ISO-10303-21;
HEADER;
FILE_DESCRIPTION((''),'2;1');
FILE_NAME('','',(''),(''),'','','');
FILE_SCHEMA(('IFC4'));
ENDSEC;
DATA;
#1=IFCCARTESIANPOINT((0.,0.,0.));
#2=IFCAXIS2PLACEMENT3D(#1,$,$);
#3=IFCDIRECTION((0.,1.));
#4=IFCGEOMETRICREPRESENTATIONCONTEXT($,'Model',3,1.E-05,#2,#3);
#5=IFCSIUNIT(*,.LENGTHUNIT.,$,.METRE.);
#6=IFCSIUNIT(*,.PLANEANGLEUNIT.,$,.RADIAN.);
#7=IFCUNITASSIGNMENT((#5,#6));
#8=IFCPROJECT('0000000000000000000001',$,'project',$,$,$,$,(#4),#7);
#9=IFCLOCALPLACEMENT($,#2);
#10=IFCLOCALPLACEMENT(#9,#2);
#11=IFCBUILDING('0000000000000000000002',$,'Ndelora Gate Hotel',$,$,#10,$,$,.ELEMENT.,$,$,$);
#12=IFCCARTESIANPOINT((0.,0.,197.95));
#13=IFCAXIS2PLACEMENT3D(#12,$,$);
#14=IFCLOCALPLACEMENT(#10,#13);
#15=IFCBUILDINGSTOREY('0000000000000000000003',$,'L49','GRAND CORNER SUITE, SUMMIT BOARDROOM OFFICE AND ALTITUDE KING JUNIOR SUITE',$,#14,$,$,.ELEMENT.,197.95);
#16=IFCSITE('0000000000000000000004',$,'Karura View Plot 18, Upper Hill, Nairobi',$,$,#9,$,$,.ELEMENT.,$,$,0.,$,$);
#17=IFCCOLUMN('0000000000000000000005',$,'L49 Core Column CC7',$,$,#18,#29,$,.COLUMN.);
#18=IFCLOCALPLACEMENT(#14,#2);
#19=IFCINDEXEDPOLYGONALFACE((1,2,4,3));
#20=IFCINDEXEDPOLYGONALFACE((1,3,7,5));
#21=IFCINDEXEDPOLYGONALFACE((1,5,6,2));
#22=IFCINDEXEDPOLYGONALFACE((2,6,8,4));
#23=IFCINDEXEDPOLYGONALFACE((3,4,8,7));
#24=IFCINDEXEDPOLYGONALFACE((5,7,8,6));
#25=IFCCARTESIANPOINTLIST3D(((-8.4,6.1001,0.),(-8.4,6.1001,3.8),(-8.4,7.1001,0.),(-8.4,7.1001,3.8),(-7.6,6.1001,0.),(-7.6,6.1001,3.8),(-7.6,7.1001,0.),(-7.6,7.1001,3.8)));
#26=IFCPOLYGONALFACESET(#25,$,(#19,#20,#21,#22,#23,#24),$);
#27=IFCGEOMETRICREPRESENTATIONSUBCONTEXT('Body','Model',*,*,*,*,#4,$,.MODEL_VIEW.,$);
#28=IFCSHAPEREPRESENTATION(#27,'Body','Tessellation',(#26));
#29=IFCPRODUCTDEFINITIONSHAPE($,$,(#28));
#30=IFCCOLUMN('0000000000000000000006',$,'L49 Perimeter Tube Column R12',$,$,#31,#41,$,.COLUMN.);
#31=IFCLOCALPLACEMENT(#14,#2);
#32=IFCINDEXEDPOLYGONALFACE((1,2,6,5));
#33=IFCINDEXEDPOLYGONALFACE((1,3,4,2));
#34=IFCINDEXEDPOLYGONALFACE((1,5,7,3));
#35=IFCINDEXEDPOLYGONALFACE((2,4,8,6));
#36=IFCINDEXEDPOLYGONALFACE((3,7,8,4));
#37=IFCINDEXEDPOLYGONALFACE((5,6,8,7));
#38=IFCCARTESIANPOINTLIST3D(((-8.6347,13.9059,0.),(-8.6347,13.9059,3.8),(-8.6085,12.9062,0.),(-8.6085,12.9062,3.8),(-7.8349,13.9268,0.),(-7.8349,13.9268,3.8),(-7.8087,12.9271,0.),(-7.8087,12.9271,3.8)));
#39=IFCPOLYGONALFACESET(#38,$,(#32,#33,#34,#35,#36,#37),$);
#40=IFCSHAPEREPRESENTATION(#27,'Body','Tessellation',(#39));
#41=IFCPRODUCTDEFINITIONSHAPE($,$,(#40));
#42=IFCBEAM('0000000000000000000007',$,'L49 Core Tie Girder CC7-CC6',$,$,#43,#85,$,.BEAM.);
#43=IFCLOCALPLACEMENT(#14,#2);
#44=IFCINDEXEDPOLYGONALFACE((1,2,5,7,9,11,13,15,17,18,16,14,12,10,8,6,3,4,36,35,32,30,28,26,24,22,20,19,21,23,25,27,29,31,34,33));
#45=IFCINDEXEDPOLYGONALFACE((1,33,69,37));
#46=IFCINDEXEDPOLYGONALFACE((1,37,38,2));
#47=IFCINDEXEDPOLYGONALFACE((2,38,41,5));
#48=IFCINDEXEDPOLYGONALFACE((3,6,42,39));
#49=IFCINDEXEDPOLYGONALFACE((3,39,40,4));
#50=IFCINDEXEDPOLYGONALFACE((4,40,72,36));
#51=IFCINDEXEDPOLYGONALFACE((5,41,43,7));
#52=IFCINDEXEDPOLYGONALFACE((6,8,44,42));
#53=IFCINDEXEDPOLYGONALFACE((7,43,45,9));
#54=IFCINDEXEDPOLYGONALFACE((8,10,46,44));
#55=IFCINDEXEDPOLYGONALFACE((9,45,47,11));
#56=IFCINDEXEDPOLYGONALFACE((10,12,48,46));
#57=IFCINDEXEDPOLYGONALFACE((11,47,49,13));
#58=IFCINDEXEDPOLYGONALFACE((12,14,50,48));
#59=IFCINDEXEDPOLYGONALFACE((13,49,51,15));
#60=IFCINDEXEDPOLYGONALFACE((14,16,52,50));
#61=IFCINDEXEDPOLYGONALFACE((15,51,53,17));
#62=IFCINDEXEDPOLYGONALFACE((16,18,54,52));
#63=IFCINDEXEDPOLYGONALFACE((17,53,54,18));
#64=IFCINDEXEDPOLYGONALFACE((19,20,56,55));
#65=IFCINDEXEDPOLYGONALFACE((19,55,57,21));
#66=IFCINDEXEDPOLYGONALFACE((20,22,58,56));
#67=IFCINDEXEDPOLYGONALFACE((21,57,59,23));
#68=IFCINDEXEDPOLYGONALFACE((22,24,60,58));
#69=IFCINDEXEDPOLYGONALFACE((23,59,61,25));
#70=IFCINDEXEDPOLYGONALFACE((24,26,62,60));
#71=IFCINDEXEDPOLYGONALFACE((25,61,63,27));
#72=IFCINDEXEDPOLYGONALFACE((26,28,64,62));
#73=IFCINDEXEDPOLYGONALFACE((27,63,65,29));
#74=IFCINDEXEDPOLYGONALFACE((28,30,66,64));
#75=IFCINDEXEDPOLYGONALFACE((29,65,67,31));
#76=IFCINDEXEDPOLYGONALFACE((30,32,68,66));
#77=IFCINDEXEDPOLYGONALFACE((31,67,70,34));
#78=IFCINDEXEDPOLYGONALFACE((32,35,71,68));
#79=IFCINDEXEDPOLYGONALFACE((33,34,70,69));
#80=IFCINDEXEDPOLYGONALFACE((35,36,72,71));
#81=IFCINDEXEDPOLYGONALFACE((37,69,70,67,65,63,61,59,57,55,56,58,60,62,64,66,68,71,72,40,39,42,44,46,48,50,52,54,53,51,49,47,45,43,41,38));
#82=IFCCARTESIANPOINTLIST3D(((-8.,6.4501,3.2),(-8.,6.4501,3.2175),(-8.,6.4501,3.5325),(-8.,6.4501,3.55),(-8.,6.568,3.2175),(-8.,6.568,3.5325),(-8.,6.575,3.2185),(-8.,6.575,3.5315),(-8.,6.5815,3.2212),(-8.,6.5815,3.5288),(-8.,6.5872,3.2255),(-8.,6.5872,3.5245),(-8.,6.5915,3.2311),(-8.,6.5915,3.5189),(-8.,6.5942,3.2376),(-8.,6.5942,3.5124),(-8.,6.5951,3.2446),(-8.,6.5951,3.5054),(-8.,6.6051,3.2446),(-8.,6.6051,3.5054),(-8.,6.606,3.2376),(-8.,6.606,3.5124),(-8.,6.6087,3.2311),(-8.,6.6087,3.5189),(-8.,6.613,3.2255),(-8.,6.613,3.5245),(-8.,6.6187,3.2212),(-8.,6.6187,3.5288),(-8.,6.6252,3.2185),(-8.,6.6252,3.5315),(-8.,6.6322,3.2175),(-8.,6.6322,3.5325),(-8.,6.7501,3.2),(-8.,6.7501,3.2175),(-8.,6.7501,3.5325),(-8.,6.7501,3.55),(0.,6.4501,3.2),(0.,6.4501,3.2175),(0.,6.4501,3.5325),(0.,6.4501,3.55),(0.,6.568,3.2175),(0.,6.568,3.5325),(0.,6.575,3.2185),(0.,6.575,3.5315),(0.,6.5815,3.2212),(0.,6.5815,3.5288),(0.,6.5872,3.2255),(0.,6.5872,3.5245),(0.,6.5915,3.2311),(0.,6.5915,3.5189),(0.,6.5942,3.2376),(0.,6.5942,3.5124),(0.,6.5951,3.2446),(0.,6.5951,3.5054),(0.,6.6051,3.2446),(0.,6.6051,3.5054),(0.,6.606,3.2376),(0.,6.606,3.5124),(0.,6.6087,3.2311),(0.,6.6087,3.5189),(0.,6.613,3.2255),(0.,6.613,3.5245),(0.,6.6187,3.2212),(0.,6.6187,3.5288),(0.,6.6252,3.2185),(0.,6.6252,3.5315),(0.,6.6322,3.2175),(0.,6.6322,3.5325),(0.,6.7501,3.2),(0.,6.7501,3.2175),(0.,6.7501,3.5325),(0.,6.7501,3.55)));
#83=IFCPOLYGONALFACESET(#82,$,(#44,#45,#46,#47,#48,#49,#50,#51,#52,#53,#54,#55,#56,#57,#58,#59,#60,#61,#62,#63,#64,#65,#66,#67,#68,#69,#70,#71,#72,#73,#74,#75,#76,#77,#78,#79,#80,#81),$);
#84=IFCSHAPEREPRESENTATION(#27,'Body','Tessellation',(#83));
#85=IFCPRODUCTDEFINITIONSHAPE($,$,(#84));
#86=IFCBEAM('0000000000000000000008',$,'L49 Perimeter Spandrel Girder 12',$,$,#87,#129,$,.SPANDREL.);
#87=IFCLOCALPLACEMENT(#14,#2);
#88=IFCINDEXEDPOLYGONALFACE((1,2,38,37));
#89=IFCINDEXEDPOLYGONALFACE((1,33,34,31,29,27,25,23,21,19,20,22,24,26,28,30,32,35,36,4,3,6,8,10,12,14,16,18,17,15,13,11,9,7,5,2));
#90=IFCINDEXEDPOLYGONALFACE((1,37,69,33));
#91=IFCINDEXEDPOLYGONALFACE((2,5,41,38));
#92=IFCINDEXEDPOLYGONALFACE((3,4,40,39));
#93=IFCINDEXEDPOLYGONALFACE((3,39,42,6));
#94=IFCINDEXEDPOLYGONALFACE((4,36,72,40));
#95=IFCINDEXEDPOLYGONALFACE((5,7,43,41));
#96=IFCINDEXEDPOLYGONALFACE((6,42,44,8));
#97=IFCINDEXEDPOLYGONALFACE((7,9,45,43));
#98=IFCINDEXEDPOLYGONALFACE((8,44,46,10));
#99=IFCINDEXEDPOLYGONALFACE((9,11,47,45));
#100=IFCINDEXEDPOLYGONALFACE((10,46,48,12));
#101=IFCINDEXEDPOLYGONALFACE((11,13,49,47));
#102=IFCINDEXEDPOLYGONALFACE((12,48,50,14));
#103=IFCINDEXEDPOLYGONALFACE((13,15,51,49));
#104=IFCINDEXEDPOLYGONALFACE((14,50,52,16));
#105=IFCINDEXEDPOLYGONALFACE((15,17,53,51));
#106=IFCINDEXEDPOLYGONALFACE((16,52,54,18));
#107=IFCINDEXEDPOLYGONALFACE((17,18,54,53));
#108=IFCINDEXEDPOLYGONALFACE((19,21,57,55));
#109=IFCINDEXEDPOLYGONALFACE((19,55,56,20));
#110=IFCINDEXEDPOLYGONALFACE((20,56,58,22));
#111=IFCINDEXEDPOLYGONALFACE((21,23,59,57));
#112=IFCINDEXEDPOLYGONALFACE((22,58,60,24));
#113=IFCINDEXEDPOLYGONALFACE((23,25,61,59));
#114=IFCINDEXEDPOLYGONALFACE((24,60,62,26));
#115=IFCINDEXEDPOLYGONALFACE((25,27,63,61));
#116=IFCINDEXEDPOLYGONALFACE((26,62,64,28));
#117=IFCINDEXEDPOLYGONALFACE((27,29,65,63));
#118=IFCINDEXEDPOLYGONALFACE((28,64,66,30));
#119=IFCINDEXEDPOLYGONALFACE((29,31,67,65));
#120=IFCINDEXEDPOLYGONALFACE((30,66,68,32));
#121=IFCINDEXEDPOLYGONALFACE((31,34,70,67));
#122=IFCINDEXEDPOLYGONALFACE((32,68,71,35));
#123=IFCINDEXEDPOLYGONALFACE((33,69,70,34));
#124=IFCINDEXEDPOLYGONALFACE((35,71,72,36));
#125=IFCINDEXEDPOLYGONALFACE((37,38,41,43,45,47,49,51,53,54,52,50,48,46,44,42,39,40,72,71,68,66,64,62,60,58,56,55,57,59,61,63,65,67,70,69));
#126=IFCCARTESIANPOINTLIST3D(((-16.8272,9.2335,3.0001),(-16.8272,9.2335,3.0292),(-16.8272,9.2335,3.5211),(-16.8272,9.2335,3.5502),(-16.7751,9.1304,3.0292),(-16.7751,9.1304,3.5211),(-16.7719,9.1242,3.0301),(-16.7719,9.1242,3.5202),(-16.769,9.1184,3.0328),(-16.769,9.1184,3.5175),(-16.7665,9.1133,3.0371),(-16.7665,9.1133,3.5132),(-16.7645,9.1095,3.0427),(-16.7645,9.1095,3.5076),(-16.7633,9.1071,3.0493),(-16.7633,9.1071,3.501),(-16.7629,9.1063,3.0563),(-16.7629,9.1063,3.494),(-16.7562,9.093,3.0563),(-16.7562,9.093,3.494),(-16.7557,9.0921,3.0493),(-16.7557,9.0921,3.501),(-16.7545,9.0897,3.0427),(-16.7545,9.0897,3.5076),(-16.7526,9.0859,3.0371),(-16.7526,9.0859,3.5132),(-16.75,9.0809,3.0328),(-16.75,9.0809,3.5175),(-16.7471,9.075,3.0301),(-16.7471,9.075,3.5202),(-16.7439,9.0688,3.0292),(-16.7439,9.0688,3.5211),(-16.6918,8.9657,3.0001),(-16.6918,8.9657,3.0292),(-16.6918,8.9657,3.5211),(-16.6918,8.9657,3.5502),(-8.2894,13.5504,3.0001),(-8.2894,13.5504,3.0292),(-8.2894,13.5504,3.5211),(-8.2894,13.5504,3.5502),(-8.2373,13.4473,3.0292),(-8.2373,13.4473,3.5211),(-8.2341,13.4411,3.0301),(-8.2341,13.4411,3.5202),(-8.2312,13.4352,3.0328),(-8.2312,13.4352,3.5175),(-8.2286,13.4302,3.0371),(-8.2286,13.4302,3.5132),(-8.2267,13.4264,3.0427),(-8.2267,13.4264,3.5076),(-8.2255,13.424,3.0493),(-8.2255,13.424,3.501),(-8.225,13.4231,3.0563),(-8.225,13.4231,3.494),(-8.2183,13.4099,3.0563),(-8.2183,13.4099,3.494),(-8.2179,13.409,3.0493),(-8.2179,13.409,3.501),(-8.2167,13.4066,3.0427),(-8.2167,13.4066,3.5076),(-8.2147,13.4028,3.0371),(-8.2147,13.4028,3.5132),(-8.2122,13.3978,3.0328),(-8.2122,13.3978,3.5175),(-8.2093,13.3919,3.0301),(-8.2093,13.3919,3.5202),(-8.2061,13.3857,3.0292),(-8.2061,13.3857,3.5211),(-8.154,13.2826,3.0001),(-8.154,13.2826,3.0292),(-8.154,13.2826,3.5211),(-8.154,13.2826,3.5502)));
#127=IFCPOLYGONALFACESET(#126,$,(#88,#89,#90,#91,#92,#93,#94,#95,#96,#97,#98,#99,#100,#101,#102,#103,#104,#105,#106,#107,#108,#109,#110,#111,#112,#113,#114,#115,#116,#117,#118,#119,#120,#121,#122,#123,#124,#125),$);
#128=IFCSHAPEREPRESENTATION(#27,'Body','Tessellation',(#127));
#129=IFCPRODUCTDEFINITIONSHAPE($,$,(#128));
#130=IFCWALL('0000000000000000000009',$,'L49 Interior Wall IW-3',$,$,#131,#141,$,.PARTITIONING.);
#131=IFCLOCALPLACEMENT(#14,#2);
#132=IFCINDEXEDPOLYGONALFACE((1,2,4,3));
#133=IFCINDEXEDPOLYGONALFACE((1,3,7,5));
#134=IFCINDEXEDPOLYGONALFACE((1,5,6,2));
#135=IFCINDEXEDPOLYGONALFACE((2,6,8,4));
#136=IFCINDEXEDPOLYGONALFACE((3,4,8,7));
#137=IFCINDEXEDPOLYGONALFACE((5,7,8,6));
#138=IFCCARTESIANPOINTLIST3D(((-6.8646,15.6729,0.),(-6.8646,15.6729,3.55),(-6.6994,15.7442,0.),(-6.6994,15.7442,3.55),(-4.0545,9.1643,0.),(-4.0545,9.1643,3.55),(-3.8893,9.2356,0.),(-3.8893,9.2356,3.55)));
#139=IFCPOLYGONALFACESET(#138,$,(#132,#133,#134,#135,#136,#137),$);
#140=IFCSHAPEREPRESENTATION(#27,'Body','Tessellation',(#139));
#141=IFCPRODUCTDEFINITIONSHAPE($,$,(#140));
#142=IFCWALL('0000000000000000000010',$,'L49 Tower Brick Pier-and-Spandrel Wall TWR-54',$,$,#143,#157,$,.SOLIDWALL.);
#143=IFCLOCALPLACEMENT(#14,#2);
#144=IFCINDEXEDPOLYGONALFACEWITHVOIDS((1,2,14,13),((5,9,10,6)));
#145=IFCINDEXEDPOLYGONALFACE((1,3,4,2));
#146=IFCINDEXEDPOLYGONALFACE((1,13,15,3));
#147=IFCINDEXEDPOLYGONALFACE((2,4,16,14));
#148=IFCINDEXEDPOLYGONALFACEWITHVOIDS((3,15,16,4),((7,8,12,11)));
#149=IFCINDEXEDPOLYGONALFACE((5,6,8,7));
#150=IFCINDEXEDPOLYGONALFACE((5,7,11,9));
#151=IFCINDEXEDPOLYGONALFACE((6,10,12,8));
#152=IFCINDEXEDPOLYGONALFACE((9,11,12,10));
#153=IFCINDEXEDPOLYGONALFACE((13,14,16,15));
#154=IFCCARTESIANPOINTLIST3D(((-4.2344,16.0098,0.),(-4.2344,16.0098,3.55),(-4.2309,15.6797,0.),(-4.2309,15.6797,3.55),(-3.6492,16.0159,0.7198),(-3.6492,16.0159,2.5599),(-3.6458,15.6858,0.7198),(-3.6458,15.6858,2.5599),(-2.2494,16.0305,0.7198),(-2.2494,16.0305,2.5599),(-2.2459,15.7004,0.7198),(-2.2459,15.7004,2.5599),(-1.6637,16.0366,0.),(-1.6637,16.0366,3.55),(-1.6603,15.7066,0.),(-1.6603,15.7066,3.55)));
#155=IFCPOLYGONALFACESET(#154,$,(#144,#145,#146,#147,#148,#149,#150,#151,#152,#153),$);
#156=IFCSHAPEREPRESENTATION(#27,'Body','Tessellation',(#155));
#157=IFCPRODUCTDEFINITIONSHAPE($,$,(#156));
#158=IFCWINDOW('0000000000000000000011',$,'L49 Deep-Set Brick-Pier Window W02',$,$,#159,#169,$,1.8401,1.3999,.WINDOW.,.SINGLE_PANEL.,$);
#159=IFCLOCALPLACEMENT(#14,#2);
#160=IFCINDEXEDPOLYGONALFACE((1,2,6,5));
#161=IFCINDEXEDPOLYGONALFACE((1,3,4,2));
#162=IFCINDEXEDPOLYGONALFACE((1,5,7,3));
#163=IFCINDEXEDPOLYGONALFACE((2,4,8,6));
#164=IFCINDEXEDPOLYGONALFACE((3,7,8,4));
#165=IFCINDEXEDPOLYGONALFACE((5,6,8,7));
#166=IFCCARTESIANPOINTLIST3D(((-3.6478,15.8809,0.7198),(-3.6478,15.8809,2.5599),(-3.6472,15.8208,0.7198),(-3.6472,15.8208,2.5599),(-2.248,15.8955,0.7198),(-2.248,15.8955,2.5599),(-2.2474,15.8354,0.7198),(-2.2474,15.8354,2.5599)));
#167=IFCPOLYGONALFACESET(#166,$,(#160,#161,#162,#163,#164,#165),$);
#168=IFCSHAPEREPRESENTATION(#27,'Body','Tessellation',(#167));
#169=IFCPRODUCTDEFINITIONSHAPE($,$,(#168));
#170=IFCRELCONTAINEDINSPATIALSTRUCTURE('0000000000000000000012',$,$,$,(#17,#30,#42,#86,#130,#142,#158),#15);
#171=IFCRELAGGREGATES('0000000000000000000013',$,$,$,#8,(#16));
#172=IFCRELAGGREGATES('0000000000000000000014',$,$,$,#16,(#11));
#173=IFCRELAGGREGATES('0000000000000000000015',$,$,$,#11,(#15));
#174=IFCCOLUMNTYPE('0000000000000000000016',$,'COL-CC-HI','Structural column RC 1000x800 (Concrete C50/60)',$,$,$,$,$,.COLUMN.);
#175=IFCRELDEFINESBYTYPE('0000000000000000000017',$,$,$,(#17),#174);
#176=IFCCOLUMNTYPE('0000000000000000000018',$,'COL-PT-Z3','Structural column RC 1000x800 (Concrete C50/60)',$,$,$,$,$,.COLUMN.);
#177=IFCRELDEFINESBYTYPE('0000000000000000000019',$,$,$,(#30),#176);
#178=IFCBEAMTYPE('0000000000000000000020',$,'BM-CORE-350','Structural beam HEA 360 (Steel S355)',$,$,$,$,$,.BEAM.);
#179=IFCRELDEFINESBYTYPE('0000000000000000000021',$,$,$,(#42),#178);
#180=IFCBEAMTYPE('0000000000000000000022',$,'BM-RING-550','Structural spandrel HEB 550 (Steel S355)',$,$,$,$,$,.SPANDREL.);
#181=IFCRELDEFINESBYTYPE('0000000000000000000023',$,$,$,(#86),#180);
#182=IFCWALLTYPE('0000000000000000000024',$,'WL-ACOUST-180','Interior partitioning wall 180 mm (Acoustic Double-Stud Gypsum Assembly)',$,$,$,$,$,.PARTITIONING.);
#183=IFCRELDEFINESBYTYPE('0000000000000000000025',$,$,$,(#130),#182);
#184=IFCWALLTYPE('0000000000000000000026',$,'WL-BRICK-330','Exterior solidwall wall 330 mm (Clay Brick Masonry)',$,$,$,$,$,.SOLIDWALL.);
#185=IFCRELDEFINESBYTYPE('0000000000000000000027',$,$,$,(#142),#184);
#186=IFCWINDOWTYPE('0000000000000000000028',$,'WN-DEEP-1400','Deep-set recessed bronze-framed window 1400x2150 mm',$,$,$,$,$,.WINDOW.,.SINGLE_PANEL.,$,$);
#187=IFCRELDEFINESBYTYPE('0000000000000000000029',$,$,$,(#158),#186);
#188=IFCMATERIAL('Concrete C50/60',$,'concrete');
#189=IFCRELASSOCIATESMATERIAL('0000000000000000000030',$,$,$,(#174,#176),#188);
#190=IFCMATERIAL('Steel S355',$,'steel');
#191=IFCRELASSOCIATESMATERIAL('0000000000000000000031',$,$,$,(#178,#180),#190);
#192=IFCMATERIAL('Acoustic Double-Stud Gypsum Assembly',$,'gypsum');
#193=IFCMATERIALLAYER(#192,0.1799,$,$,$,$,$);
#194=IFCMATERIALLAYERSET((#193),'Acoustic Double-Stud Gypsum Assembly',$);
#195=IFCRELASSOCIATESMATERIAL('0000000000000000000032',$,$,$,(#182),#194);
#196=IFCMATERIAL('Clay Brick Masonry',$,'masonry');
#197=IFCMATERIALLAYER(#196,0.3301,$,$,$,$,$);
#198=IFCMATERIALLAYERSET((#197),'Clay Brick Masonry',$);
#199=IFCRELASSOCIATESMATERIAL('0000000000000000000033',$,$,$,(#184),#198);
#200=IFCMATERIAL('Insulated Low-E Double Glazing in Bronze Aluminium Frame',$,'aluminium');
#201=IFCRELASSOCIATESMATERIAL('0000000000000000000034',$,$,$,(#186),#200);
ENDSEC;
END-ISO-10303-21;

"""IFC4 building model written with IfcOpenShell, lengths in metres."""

from ifc_helpers import new_model, si_unit, direction, frame, frame_2d, origin, origin_2d, place, context, subcontext, project, spatial, rectangle, i_section, extrude, material, layer, layer_set, material_profile, profile_set, type_object, element, fill, save


model = new_model("IFC4")

# Units and contexts
model_context = context("Model", 3, precision=1e-05, world=origin(), true_north=direction((0.0, 1.0)))
body_context = subcontext(model_context, "Body", "Model", "MODEL_VIEW")
ifc_project = project(units=[si_unit("LENGTHUNIT", "METRE"), si_unit("PLANEANGLEUNIT", "RADIAN")], contexts=[model_context])

# Site, building, storey
site_placement = place(None, origin())
site = spatial("IfcSite", under=ifc_project, at=site_placement, Name="Karura View Plot 18, Upper Hill, Nairobi", CompositionType="ELEMENT", RefElevation=0.0)
building_placement = place(site_placement, origin())
building = spatial("IfcBuilding", under=site, at=building_placement, Name="Ndelora Gate Hotel", CompositionType="ELEMENT")
storey_placement = place(building_placement, frame((0.0, 0.0, 197.95)))
storey = spatial("IfcBuildingStorey", under=building, at=storey_placement, Name="L49", Description="GRAND CORNER SUITE, SUMMIT BOARDROOM OFFICE AND ALTITUDE KING JUNIOR SUITE", CompositionType="ELEMENT", Elevation=197.95)

# Columns
ifc_material_1 = material(Name="Concrete C50/60", Category="concrete")
ifc_material_profile_1 = material_profile(ifc_material_1, rectangle(XDim=0.8, YDim=1.0, at=origin_2d()), Name="RC 1000x800")
ifc_profile_set_1 = profile_set([ifc_material_profile_1], Name="Concrete C50/60")
column_type_1 = type_object("IfcColumnType", Name="COL-CC-HI", Description="Structural column RC 1000x800 (Concrete C50/60)", PredefinedType="COLUMN", material=ifc_profile_set_1)
column_1_placement = place(storey_placement, frame((-8.0, 6.6001, 0.0), z_axis=(0.0, 0.0, 1.0), x_axis=(1.0, 0.0, 0.0)))
element("IfcColumn", 1, at=column_1_placement, inside=storey, type_object=column_type_1, Name="L49 Core Column CC7", PredefinedType="COLUMN", context=body_context, shape_type="SweptSolid", body=[
    extrude(rectangle(XDim=0.8, YDim=1.0, at=origin_2d()), origin(), (0.0, 0.0, 1.0), 3.8),
])
ifc_material_profile_2 = material_profile(ifc_material_1, rectangle(XDim=0.8, YDim=1.0, at=origin_2d()), Name="RC 1000x800")
ifc_profile_set_2 = profile_set([ifc_material_profile_2], Name="Concrete C50/60")
column_type_2 = type_object("IfcColumnType", Name="COL-PT-Z3", Description="Structural column RC 1000x800 (Concrete C50/60)", PredefinedType="COLUMN", material=ifc_profile_set_2)
column_2_placement = place(storey_placement, frame((-8.2217, 13.4165, 0.0), z_axis=(0.0, 0.0, 1.0), x_axis=(0.999657, 0.026177, 0.0)))
element("IfcColumn", 2, at=column_2_placement, inside=storey, type_object=column_type_2, Name="L49 Perimeter Tube Column R12", PredefinedType="COLUMN", context=body_context, shape_type="SweptSolid", body=[
    extrude(rectangle(XDim=0.8, YDim=1.0, at=origin_2d()), origin(), (0.0, 0.0, 1.0), 3.8),
])

# Beams
ifc_material_2 = material(Name="Steel S355", Category="steel")
ifc_material_profile_3 = material_profile(ifc_material_2, i_section(OverallWidth=0.3, OverallDepth=0.3501, WebThickness=0.01, FlangeThickness=0.0176, FilletRadius=0.0271, at=origin_2d()), Name="HEA 360")
ifc_profile_set_3 = profile_set([ifc_material_profile_3], Name="Steel S355")
beam_type_1 = type_object("IfcBeamType", Name="BM-CORE-350", Description="Structural beam HEA 360 (Steel S355)", PredefinedType="BEAM", material=ifc_profile_set_3)
beam_1_placement = place(storey_placement, frame((-8.0, 6.6001, 3.375), z_axis=(1.0, 0.0, 0.0), x_axis=(0.0, 1.0, 0.0)))
element("IfcBeam", 3, at=beam_1_placement, inside=storey, type_object=beam_type_1, Name="L49 Core Tie Girder CC7-CC6", PredefinedType="BEAM", context=body_context, shape_type="SweptSolid", body=[
    extrude(i_section(OverallWidth=0.3, OverallDepth=0.3501, WebThickness=0.01, FlangeThickness=0.0176, FilletRadius=0.0271, at=origin_2d()), origin(), (0.0, 0.0, 1.0), 8.0),
])
ifc_material_profile_4 = material_profile(ifc_material_2, i_section(OverallWidth=0.3, OverallDepth=0.55, WebThickness=0.0149, FlangeThickness=0.0291, FilletRadius=0.0271, at=origin_2d()), Name="HEB 550")
ifc_profile_set_4 = profile_set([ifc_material_profile_4], Name="Steel S355")
beam_type_2 = type_object("IfcBeamType", Name="BM-RING-550", Description="Structural spandrel HEB 550 (Steel S355)", PredefinedType="SPANDREL", material=ifc_profile_set_4)
beam_2_placement = place(storey_placement, frame((-8.2217, 13.4165, 3.2751), z_axis=(-0.892412, -0.451221, 0.0), x_axis=(0.451221, -0.892412, 0.0)))
element("IfcBeam", 4, at=beam_2_placement, inside=storey, type_object=beam_type_2, Name="L49 Perimeter Spandrel Girder 12", PredefinedType="SPANDREL", context=body_context, shape_type="SweptSolid", body=[
    extrude(i_section(OverallWidth=0.3, OverallDepth=0.55, WebThickness=0.0149, FlangeThickness=0.0291, FilletRadius=0.0271, at=origin_2d()), origin(), (0.0, 0.0, 1.0), 9.5671),
])

# Wall
ifc_material_3 = material(Name="Acoustic Double-Stud Gypsum Assembly", Category="gypsum")
ifc_layer_1 = layer(ifc_material_3, 0.1799)
ifc_layer_set_1 = layer_set([ifc_layer_1], Name="Acoustic Double-Stud Gypsum Assembly")
wall_type_1 = type_object("IfcWallType", Name="WL-ACOUST-180", Description="Interior partitioning wall 180 mm (Acoustic Double-Stud Gypsum Assembly)", PredefinedType="PARTITIONING", material=ifc_layer_set_1)
wall_1_placement = place(storey_placement, frame((-3.9719, 9.2, 0.0), z_axis=(0.0, 0.0, 1.0), x_axis=(-0.396383, 0.918085, 0.0)))
element("IfcWall", 5, at=wall_1_placement, inside=storey, type_object=wall_type_1, Name="L49 Interior Wall IW-3", PredefinedType="PARTITIONING", context=body_context, shape_type="SweptSolid", body=[
    extrude(rectangle(XDim=7.0894, YDim=0.1799, at=frame_2d((3.5447, 0.0))), origin(), (0.0, 0.0, 1.0), 3.55),
])

# Wall, opening, window
ifc_material_4 = material(Name="Clay Brick Masonry", Category="masonry")
ifc_layer_2 = layer(ifc_material_4, 0.3301)
ifc_layer_set_2 = layer_set([ifc_layer_2], Name="Clay Brick Masonry")
wall_type_2 = type_object("IfcWallType", Name="WL-BRICK-330", Description="Exterior solidwall wall 330 mm (Clay Brick Masonry)", PredefinedType="SOLIDWALL", material=ifc_layer_set_2)
wall_2_placement = place(storey_placement, frame((-4.2327, 15.8447, 0.0), z_axis=(0.0, 0.0, 1.0), x_axis=(0.999945, 0.010447, 0.0)))
wall_2 = element("IfcWall", 6, at=wall_2_placement, inside=storey, type_object=wall_type_2, Name="L49 Tower Brick Pier-and-Spandrel Wall TWR-54", PredefinedType="SOLIDWALL", context=body_context, shape_type="SweptSolid", body=[
    extrude(rectangle(XDim=2.5708, YDim=0.3301, at=frame_2d((1.2854, 0.0))), origin(), (0.0, 0.0, 1.0), 3.55),
])
opening_1_placement = place(wall_2_placement, frame((0.5852, 0.0, 0.72)))
opening_1 = element("IfcOpeningElement", 7, at=opening_1_placement, cuts=wall_2, PredefinedType="OPENING", context=body_context, shape_type="SweptSolid", body=[
    extrude(rectangle(XDim=1.3999, YDim=1.8401, at=frame_2d((0.7, 0.9199))), frame((0.0, 0.175, 0.0), z_axis=(0.0, -1.0, 0.0), x_axis=(1.0, 0.0, 0.0)), (0.0, 0.0, 1.0), 0.3501),
])
ifc_material_5 = material(Name="Insulated Low-E Double Glazing in Bronze Aluminium Frame", Category="aluminium")
window_type = type_object("IfcWindowType", Name="WN-DEEP-1400", Description="Deep-set recessed bronze-framed window 1400x2150 mm", PartitioningType="SINGLE_PANEL", PredefinedType="WINDOW", material=ifc_material_5)
window_1_placement = place(opening_1_placement, origin())
window_1 = element("IfcWindow", 8, at=window_1_placement, inside=storey, type_object=window_type, Name="L49 Deep-Set Brick-Pier Window W02", OverallHeight=1.8401, OverallWidth=1.3999, PartitioningType="SINGLE_PANEL", PredefinedType="WINDOW", context=body_context, shape_type="SweptSolid", body=[
    extrude(rectangle(XDim=1.3999, YDim=1.8401, at=frame_2d((0.7, 0.9199))), frame((0.0, 0.03, 0.0), z_axis=(0.0, -1.0, 0.0), x_axis=(1.0, 0.0, 0.0)), (0.0, 0.0, 1.0), 0.0601),
])
fill(opening_1, window_1)

save(model, "model.ifc")
